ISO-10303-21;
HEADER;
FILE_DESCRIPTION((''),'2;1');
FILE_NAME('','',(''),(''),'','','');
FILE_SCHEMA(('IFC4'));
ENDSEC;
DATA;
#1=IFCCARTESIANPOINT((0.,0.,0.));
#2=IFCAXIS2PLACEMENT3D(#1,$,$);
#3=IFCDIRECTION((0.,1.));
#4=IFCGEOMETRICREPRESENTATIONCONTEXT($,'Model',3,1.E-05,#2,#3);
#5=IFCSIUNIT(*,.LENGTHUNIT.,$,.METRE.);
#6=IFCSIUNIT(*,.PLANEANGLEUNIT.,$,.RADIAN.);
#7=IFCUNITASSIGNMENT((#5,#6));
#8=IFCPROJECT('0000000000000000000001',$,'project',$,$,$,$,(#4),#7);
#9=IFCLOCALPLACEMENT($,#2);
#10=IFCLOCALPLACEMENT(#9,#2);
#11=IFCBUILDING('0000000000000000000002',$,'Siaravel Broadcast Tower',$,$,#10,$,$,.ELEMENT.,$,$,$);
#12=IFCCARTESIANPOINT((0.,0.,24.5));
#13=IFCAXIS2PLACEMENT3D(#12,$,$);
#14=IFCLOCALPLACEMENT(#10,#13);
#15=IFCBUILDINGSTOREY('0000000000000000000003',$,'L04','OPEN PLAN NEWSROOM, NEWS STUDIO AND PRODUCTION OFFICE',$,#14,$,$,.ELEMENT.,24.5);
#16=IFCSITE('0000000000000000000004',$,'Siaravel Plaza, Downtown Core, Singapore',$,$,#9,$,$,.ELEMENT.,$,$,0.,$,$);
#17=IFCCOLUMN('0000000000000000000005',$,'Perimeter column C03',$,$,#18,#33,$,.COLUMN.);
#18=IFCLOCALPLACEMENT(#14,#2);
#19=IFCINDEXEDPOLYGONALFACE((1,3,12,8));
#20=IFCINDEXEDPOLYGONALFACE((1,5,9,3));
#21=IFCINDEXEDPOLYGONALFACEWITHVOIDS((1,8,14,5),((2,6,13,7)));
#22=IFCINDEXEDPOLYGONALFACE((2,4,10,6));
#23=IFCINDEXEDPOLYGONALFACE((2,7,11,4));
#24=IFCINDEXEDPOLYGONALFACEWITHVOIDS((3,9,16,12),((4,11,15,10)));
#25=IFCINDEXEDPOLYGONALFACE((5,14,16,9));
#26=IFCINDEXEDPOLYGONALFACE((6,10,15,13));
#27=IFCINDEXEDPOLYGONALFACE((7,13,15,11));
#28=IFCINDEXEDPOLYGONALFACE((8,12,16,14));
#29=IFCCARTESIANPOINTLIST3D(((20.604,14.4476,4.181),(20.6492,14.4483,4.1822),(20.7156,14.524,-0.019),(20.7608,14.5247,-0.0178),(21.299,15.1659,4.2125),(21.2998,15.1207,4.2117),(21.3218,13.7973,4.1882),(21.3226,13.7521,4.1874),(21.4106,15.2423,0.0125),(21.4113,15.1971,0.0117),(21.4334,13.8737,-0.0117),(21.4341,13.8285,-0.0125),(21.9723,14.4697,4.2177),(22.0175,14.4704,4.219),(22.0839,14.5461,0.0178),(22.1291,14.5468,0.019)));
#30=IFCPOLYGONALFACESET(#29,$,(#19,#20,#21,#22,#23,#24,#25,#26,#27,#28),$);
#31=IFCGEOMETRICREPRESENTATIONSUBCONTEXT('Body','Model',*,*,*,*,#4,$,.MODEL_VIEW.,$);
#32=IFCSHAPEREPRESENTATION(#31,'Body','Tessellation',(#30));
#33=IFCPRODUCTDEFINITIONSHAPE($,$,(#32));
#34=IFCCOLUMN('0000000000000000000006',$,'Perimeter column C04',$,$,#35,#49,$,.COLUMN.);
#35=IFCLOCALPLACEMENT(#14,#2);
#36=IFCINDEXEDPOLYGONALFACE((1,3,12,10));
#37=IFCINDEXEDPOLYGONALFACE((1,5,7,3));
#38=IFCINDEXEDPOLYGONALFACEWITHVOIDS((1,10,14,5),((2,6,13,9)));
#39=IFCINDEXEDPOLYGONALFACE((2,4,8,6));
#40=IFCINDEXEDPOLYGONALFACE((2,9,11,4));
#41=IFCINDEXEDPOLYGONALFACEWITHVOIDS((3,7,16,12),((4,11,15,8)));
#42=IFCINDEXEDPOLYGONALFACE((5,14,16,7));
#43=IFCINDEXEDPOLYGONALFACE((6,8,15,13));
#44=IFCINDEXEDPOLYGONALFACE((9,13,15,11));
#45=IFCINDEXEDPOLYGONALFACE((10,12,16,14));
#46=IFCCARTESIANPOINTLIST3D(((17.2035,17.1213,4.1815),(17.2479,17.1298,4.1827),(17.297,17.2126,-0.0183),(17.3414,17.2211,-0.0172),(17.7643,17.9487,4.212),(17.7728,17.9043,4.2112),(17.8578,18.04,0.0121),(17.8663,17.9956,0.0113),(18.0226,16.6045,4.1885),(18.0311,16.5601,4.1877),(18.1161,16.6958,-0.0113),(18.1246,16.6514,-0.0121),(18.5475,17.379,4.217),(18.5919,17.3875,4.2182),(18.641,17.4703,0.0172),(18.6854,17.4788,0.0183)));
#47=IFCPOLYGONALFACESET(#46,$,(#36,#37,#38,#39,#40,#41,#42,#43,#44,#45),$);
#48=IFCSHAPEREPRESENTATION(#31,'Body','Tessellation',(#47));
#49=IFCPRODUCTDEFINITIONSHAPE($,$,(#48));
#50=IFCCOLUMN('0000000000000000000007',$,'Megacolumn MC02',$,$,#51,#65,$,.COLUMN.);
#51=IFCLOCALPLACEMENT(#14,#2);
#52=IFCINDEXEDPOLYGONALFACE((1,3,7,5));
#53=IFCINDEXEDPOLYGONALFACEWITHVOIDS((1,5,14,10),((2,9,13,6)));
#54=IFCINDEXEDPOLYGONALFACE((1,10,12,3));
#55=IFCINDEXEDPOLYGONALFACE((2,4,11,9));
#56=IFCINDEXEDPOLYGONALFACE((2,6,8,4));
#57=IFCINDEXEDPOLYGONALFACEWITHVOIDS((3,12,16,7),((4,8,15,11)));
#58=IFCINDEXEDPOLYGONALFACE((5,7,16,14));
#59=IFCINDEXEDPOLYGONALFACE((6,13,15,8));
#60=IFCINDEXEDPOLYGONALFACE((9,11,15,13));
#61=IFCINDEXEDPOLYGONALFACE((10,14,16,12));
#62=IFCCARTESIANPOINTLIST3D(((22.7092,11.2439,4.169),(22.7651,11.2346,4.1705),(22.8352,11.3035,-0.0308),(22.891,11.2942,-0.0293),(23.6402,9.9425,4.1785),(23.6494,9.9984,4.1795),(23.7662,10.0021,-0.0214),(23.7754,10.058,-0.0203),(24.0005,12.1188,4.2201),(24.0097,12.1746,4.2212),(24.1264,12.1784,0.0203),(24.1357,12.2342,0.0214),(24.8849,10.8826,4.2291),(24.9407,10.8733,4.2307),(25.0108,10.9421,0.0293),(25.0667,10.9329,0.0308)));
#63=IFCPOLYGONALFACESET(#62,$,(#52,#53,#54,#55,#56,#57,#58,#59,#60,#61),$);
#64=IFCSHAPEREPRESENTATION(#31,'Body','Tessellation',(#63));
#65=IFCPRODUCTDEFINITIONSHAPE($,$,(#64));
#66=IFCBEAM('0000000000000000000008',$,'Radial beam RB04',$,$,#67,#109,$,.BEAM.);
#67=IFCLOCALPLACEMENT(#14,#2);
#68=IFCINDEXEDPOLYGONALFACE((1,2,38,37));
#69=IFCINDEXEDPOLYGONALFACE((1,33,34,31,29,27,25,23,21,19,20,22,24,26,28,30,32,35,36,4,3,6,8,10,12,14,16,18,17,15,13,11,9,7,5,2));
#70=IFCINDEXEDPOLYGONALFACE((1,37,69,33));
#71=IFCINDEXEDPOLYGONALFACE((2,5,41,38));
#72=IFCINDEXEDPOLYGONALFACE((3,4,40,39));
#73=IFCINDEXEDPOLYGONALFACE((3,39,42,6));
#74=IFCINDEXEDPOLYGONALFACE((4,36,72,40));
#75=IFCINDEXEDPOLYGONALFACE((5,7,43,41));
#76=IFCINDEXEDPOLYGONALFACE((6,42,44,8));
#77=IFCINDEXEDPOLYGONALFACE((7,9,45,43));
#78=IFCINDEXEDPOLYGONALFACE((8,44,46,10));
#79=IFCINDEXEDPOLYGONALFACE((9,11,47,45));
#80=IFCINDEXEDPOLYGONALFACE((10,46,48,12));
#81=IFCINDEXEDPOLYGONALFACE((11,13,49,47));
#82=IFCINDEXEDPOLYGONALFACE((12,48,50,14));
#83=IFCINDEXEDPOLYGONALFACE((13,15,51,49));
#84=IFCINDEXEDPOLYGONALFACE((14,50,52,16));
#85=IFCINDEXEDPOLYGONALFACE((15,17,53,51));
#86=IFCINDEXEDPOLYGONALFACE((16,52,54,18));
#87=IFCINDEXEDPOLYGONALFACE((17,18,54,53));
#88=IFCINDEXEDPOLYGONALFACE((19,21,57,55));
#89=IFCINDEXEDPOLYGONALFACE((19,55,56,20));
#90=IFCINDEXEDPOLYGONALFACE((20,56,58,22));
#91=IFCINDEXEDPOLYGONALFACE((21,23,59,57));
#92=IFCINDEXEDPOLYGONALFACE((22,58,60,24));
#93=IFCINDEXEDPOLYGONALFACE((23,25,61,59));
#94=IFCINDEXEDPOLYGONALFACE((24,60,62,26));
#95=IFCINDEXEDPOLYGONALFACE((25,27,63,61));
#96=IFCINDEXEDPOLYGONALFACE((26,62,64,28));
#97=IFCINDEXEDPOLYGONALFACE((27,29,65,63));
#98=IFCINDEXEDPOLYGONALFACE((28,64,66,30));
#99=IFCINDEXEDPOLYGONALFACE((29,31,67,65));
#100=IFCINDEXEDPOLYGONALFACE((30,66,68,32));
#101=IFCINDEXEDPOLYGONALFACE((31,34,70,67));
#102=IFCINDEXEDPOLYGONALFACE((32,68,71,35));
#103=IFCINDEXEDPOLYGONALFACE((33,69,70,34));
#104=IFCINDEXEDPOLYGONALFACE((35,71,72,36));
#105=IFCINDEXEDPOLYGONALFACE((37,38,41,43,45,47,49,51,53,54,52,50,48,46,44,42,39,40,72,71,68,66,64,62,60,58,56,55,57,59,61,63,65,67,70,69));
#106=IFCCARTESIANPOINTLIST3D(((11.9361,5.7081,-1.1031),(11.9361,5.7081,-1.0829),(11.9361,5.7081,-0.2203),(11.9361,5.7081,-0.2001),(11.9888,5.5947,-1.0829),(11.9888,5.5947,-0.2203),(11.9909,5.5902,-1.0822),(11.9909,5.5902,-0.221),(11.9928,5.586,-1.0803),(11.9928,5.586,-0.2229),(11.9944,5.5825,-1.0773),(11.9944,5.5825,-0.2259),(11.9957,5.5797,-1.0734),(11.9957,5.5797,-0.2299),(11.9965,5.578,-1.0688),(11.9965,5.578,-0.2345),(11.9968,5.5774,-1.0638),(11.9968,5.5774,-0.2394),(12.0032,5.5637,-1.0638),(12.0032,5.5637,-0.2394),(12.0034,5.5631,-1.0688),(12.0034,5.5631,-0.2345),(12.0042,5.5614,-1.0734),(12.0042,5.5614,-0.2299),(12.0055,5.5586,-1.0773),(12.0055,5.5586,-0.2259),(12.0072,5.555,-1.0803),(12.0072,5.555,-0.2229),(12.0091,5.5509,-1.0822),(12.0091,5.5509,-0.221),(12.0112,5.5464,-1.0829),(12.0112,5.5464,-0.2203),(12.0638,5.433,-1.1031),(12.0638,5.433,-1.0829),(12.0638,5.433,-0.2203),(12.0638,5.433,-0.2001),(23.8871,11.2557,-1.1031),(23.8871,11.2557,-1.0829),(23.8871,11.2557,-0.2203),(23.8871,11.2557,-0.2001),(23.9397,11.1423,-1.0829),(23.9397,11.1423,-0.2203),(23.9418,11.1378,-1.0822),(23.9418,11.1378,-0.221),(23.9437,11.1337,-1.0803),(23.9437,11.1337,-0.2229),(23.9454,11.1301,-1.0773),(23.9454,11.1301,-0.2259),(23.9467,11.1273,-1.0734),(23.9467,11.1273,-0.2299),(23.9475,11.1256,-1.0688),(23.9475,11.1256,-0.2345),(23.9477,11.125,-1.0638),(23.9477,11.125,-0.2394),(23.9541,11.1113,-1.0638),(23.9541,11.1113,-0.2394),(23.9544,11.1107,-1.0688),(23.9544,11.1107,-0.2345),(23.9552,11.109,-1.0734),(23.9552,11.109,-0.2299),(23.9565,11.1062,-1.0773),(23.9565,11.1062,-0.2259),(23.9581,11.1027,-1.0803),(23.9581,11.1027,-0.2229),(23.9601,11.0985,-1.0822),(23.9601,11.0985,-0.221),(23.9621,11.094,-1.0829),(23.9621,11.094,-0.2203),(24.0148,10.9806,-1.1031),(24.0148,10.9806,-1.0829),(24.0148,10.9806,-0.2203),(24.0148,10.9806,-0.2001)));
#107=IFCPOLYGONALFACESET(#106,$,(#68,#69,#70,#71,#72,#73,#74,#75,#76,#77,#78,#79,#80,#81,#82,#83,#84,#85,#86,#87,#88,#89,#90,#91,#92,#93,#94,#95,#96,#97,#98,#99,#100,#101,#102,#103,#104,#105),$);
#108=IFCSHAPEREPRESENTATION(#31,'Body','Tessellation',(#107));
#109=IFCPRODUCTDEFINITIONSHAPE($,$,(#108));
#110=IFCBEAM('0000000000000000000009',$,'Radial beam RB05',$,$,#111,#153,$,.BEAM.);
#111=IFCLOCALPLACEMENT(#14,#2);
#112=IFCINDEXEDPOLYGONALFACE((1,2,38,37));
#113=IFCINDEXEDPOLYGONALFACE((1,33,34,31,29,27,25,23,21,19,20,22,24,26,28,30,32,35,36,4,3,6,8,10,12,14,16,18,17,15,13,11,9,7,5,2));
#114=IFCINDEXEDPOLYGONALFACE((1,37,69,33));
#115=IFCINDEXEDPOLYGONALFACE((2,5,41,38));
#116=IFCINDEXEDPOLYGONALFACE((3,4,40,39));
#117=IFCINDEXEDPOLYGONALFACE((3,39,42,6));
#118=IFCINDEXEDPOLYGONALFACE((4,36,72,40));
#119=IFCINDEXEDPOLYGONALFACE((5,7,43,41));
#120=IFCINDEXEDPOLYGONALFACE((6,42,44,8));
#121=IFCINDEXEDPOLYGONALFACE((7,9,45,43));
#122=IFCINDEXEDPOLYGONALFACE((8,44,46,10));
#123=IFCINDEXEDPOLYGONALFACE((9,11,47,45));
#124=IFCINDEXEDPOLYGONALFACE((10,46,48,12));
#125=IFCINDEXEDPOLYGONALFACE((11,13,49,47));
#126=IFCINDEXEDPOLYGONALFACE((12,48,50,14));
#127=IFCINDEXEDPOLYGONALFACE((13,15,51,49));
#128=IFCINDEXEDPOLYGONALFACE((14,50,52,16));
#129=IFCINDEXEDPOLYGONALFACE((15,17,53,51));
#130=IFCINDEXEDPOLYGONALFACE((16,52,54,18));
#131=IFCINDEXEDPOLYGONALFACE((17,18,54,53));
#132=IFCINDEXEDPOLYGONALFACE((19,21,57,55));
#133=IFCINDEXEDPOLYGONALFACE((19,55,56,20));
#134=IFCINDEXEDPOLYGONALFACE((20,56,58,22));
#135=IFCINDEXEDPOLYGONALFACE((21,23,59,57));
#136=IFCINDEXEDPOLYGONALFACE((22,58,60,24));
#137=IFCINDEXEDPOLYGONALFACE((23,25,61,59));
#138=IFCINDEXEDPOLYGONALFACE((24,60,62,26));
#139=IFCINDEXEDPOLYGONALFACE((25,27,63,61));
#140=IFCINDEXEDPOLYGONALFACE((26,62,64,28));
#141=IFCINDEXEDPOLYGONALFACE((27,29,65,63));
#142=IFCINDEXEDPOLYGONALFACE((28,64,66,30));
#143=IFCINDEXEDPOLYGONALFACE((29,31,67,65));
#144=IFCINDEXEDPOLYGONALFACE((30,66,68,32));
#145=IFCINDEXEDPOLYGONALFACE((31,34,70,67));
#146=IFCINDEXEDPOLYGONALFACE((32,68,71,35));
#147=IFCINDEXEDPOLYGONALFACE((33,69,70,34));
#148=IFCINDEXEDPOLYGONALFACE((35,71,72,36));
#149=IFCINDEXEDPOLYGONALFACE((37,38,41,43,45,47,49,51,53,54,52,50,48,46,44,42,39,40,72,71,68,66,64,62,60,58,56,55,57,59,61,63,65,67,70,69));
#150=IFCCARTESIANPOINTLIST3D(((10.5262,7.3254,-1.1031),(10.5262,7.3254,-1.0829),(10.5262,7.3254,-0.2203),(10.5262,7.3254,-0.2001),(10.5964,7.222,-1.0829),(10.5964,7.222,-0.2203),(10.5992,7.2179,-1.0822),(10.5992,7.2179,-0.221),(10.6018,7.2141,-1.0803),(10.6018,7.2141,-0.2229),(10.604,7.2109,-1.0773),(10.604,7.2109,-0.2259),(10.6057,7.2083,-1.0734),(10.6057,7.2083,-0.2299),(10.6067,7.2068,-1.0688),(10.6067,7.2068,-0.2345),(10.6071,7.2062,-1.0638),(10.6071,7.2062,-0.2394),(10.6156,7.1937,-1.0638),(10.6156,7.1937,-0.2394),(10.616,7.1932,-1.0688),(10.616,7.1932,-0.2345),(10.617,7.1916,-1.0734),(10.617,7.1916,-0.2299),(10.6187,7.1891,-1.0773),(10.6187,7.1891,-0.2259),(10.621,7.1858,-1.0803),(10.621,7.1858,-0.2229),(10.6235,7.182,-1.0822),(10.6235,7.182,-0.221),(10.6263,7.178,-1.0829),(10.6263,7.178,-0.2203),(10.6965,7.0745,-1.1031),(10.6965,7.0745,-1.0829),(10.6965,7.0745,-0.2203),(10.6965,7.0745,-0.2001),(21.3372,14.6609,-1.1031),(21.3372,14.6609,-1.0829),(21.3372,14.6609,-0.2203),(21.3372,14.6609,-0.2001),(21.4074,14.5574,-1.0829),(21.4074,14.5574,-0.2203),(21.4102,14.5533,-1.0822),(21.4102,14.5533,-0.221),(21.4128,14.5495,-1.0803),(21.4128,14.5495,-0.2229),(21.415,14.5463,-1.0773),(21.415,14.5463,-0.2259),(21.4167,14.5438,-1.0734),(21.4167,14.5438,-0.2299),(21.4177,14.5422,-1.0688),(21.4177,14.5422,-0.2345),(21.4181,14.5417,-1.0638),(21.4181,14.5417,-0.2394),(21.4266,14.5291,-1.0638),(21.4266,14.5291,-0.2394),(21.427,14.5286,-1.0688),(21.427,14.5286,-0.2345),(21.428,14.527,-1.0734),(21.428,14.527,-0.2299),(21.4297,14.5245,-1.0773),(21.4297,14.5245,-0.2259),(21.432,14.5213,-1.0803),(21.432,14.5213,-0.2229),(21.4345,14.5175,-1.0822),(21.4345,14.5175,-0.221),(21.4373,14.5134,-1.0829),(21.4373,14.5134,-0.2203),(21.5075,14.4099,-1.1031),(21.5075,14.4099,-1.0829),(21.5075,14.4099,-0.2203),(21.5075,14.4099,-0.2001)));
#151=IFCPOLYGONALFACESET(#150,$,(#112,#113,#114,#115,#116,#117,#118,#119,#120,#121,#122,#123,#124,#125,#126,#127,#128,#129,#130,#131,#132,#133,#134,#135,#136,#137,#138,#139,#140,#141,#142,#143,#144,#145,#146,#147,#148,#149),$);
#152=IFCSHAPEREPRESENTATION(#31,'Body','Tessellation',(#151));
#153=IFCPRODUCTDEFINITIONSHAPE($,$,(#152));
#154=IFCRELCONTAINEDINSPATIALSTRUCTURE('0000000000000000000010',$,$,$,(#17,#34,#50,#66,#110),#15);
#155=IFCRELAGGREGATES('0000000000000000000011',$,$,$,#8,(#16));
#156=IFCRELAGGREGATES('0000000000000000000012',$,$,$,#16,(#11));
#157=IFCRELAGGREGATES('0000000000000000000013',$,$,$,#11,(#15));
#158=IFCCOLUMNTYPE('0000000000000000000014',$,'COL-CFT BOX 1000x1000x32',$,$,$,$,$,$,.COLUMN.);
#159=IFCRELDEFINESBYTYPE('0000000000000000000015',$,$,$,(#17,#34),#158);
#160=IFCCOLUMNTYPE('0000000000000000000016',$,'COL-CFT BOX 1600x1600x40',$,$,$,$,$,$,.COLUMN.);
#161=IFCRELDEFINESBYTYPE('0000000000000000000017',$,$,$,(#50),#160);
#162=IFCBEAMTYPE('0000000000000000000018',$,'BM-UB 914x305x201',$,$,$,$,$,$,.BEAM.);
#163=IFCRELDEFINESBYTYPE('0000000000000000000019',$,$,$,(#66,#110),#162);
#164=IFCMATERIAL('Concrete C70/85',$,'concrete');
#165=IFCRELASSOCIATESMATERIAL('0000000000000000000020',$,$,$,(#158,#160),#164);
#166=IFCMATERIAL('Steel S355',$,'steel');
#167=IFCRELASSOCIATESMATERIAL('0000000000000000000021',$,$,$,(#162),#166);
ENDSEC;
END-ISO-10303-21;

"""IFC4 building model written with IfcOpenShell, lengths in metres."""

from ifc_helpers import new_model, si_unit, direction, frame, origin, origin_2d, place, context, subcontext, project, spatial, hollow_rectangle, i_section, extrude, material, material_profile, profile_set, type_object, element, save


model = new_model("IFC4")

# Units and contexts
model_context = context("Model", 3, precision=1e-05, world=origin(), true_north=direction((0.0, 1.0)))
body_context = subcontext(model_context, "Body", "Model", "MODEL_VIEW")
ifc_project = project(units=[si_unit("LENGTHUNIT", "METRE"), si_unit("PLANEANGLEUNIT", "RADIAN")], contexts=[model_context])

# Site, building, storey
site_placement = place(None, origin())
site = spatial("IfcSite", under=ifc_project, at=site_placement, Name="Siaravel Plaza, Downtown Core, Singapore", CompositionType="ELEMENT", RefElevation=0.0)
building_placement = place(site_placement, origin())
building = spatial("IfcBuilding", under=site, at=building_placement, Name="Siaravel Broadcast Tower", CompositionType="ELEMENT")
storey_placement = place(building_placement, frame((0.0, 0.0, 24.5)))
storey = spatial("IfcBuildingStorey", under=building, at=storey_placement, Name="L04", Description="OPEN PLAN NEWSROOM, NEWS STUDIO AND PRODUCTION OFFICE", CompositionType="ELEMENT", Elevation=24.5)

# Columns
ifc_material_1 = material(Name="Concrete C70/85", Category="concrete")
ifc_material_profile_1 = material_profile(ifc_material_1, hollow_rectangle(XDim=1.0, YDim=1.0, WallThickness=0.032, at=origin_2d()))
ifc_profile_set_1 = profile_set([ifc_material_profile_1], Name="Concrete C70/85")
column_type_1 = type_object("IfcColumnType", Name="COL-CFT BOX 1000x1000x32", PredefinedType="COLUMN", material=ifc_profile_set_1)
column_1_placement = place(storey_placement, frame((21.4224, 14.5354, 0.0), z_axis=(-0.026551, -0.018185, 0.999482), x_axis=(0.71853, -0.695466, 0.006434)))
element("IfcColumn", 1, at=column_1_placement, inside=storey, type_object=column_type_1, Name="Perimeter column C03", PredefinedType="COLUMN", context=body_context, shape_type="SweptSolid", body=[
    extrude(hollow_rectangle(XDim=1.0, YDim=1.0, WallThickness=0.032, at=origin_2d()), origin(), (0.0, 0.0, 1.0), 4.2021),
])
column_2_placement = place(storey_placement, frame((17.9912, 17.3457, 0.0), z_axis=(-0.022253, -0.02173, 0.999516), x_axis=(0.827637, -0.561229, 0.006225)))
element("IfcColumn", 2, at=column_2_placement, inside=storey, type_object=column_type_1, Name="Perimeter column C04", PredefinedType="COLUMN", context=body_context, shape_type="SweptSolid", body=[
    extrude(hollow_rectangle(XDim=1.0, YDim=1.0, WallThickness=0.032, at=origin_2d()), origin(), (0.0, 0.0, 1.0), 4.2019),
])
ifc_material_profile_2 = material_profile(ifc_material_1, hollow_rectangle(XDim=1.6001, YDim=1.6001, WallThickness=0.04, at=origin_2d()))
ifc_profile_set_2 = profile_set([ifc_material_profile_2], Name="Concrete C70/85")
column_type_2 = type_object("IfcColumnType", Name="COL-CFT BOX 1600x1600x40", PredefinedType="COLUMN", material=ifc_profile_set_2)
column_3_placement = place(storey_placement, frame((23.9509, 11.1182, 0.0), z_axis=(-0.029978, -0.014176, 0.99945), x_axis=(0.581821, -0.813295, 0.005916)))
element("IfcColumn", 3, at=column_3_placement, inside=storey, type_object=column_type_2, Name="Megacolumn MC02", PredefinedType="COLUMN", context=body_context, shape_type="SweptSolid", body=[
    extrude(hollow_rectangle(XDim=1.6001, YDim=1.6001, WallThickness=0.04, at=origin_2d()), origin(), (0.0, 0.0, 1.0), 4.2021),
])

# Beams
ifc_material_2 = material(Name="Steel S355", Category="steel")
ifc_material_profile_3 = material_profile(ifc_material_2, i_section(OverallWidth=0.3032, OverallDepth=0.9031, WebThickness=0.0151, FlangeThickness=0.0203, FilletRadius=0.019, at=origin_2d()))
ifc_profile_set_3 = profile_set([ifc_material_profile_3], Name="Steel S355")
beam_type = type_object("IfcBeamType", Name="BM-UB 914x305x201", PredefinedType="BEAM", material=ifc_profile_set_3)
beam_1_placement = place(storey_placement, frame((23.9509, 11.1182, -0.6516), z_axis=(-0.907039, -0.421047, 0.0), x_axis=(0.421047, -0.907039, 0.0)))
element("IfcBeam", 4, at=beam_1_placement, inside=storey, type_object=beam_type, Name="Radial beam RB04", PredefinedType="BEAM", context=body_context, shape_type="SweptSolid", body=[
    extrude(i_section(OverallWidth=0.3032, OverallDepth=0.9031, WebThickness=0.0151, FlangeThickness=0.0203, FilletRadius=0.019, at=origin_2d()), origin(), (0.0, 0.0, 1.0), 13.1758),
])
beam_2_placement = place(storey_placement, frame((21.4224, 14.5354, -0.6516), z_axis=(-0.827497, -0.561469, 0.0), x_axis=(0.561469, -0.827497, 0.0)))
element("IfcBeam", 5, at=beam_2_placement, inside=storey, type_object=beam_type, Name="Radial beam RB05", PredefinedType="BEAM", context=body_context, shape_type="SweptSolid", body=[
    extrude(i_section(OverallWidth=0.3032, OverallDepth=0.9031, WebThickness=0.0151, FlangeThickness=0.0203, FilletRadius=0.019, at=origin_2d()), origin(), (0.0, 0.0, 1.0), 13.0647),
])

save(model, "model.ifc")
